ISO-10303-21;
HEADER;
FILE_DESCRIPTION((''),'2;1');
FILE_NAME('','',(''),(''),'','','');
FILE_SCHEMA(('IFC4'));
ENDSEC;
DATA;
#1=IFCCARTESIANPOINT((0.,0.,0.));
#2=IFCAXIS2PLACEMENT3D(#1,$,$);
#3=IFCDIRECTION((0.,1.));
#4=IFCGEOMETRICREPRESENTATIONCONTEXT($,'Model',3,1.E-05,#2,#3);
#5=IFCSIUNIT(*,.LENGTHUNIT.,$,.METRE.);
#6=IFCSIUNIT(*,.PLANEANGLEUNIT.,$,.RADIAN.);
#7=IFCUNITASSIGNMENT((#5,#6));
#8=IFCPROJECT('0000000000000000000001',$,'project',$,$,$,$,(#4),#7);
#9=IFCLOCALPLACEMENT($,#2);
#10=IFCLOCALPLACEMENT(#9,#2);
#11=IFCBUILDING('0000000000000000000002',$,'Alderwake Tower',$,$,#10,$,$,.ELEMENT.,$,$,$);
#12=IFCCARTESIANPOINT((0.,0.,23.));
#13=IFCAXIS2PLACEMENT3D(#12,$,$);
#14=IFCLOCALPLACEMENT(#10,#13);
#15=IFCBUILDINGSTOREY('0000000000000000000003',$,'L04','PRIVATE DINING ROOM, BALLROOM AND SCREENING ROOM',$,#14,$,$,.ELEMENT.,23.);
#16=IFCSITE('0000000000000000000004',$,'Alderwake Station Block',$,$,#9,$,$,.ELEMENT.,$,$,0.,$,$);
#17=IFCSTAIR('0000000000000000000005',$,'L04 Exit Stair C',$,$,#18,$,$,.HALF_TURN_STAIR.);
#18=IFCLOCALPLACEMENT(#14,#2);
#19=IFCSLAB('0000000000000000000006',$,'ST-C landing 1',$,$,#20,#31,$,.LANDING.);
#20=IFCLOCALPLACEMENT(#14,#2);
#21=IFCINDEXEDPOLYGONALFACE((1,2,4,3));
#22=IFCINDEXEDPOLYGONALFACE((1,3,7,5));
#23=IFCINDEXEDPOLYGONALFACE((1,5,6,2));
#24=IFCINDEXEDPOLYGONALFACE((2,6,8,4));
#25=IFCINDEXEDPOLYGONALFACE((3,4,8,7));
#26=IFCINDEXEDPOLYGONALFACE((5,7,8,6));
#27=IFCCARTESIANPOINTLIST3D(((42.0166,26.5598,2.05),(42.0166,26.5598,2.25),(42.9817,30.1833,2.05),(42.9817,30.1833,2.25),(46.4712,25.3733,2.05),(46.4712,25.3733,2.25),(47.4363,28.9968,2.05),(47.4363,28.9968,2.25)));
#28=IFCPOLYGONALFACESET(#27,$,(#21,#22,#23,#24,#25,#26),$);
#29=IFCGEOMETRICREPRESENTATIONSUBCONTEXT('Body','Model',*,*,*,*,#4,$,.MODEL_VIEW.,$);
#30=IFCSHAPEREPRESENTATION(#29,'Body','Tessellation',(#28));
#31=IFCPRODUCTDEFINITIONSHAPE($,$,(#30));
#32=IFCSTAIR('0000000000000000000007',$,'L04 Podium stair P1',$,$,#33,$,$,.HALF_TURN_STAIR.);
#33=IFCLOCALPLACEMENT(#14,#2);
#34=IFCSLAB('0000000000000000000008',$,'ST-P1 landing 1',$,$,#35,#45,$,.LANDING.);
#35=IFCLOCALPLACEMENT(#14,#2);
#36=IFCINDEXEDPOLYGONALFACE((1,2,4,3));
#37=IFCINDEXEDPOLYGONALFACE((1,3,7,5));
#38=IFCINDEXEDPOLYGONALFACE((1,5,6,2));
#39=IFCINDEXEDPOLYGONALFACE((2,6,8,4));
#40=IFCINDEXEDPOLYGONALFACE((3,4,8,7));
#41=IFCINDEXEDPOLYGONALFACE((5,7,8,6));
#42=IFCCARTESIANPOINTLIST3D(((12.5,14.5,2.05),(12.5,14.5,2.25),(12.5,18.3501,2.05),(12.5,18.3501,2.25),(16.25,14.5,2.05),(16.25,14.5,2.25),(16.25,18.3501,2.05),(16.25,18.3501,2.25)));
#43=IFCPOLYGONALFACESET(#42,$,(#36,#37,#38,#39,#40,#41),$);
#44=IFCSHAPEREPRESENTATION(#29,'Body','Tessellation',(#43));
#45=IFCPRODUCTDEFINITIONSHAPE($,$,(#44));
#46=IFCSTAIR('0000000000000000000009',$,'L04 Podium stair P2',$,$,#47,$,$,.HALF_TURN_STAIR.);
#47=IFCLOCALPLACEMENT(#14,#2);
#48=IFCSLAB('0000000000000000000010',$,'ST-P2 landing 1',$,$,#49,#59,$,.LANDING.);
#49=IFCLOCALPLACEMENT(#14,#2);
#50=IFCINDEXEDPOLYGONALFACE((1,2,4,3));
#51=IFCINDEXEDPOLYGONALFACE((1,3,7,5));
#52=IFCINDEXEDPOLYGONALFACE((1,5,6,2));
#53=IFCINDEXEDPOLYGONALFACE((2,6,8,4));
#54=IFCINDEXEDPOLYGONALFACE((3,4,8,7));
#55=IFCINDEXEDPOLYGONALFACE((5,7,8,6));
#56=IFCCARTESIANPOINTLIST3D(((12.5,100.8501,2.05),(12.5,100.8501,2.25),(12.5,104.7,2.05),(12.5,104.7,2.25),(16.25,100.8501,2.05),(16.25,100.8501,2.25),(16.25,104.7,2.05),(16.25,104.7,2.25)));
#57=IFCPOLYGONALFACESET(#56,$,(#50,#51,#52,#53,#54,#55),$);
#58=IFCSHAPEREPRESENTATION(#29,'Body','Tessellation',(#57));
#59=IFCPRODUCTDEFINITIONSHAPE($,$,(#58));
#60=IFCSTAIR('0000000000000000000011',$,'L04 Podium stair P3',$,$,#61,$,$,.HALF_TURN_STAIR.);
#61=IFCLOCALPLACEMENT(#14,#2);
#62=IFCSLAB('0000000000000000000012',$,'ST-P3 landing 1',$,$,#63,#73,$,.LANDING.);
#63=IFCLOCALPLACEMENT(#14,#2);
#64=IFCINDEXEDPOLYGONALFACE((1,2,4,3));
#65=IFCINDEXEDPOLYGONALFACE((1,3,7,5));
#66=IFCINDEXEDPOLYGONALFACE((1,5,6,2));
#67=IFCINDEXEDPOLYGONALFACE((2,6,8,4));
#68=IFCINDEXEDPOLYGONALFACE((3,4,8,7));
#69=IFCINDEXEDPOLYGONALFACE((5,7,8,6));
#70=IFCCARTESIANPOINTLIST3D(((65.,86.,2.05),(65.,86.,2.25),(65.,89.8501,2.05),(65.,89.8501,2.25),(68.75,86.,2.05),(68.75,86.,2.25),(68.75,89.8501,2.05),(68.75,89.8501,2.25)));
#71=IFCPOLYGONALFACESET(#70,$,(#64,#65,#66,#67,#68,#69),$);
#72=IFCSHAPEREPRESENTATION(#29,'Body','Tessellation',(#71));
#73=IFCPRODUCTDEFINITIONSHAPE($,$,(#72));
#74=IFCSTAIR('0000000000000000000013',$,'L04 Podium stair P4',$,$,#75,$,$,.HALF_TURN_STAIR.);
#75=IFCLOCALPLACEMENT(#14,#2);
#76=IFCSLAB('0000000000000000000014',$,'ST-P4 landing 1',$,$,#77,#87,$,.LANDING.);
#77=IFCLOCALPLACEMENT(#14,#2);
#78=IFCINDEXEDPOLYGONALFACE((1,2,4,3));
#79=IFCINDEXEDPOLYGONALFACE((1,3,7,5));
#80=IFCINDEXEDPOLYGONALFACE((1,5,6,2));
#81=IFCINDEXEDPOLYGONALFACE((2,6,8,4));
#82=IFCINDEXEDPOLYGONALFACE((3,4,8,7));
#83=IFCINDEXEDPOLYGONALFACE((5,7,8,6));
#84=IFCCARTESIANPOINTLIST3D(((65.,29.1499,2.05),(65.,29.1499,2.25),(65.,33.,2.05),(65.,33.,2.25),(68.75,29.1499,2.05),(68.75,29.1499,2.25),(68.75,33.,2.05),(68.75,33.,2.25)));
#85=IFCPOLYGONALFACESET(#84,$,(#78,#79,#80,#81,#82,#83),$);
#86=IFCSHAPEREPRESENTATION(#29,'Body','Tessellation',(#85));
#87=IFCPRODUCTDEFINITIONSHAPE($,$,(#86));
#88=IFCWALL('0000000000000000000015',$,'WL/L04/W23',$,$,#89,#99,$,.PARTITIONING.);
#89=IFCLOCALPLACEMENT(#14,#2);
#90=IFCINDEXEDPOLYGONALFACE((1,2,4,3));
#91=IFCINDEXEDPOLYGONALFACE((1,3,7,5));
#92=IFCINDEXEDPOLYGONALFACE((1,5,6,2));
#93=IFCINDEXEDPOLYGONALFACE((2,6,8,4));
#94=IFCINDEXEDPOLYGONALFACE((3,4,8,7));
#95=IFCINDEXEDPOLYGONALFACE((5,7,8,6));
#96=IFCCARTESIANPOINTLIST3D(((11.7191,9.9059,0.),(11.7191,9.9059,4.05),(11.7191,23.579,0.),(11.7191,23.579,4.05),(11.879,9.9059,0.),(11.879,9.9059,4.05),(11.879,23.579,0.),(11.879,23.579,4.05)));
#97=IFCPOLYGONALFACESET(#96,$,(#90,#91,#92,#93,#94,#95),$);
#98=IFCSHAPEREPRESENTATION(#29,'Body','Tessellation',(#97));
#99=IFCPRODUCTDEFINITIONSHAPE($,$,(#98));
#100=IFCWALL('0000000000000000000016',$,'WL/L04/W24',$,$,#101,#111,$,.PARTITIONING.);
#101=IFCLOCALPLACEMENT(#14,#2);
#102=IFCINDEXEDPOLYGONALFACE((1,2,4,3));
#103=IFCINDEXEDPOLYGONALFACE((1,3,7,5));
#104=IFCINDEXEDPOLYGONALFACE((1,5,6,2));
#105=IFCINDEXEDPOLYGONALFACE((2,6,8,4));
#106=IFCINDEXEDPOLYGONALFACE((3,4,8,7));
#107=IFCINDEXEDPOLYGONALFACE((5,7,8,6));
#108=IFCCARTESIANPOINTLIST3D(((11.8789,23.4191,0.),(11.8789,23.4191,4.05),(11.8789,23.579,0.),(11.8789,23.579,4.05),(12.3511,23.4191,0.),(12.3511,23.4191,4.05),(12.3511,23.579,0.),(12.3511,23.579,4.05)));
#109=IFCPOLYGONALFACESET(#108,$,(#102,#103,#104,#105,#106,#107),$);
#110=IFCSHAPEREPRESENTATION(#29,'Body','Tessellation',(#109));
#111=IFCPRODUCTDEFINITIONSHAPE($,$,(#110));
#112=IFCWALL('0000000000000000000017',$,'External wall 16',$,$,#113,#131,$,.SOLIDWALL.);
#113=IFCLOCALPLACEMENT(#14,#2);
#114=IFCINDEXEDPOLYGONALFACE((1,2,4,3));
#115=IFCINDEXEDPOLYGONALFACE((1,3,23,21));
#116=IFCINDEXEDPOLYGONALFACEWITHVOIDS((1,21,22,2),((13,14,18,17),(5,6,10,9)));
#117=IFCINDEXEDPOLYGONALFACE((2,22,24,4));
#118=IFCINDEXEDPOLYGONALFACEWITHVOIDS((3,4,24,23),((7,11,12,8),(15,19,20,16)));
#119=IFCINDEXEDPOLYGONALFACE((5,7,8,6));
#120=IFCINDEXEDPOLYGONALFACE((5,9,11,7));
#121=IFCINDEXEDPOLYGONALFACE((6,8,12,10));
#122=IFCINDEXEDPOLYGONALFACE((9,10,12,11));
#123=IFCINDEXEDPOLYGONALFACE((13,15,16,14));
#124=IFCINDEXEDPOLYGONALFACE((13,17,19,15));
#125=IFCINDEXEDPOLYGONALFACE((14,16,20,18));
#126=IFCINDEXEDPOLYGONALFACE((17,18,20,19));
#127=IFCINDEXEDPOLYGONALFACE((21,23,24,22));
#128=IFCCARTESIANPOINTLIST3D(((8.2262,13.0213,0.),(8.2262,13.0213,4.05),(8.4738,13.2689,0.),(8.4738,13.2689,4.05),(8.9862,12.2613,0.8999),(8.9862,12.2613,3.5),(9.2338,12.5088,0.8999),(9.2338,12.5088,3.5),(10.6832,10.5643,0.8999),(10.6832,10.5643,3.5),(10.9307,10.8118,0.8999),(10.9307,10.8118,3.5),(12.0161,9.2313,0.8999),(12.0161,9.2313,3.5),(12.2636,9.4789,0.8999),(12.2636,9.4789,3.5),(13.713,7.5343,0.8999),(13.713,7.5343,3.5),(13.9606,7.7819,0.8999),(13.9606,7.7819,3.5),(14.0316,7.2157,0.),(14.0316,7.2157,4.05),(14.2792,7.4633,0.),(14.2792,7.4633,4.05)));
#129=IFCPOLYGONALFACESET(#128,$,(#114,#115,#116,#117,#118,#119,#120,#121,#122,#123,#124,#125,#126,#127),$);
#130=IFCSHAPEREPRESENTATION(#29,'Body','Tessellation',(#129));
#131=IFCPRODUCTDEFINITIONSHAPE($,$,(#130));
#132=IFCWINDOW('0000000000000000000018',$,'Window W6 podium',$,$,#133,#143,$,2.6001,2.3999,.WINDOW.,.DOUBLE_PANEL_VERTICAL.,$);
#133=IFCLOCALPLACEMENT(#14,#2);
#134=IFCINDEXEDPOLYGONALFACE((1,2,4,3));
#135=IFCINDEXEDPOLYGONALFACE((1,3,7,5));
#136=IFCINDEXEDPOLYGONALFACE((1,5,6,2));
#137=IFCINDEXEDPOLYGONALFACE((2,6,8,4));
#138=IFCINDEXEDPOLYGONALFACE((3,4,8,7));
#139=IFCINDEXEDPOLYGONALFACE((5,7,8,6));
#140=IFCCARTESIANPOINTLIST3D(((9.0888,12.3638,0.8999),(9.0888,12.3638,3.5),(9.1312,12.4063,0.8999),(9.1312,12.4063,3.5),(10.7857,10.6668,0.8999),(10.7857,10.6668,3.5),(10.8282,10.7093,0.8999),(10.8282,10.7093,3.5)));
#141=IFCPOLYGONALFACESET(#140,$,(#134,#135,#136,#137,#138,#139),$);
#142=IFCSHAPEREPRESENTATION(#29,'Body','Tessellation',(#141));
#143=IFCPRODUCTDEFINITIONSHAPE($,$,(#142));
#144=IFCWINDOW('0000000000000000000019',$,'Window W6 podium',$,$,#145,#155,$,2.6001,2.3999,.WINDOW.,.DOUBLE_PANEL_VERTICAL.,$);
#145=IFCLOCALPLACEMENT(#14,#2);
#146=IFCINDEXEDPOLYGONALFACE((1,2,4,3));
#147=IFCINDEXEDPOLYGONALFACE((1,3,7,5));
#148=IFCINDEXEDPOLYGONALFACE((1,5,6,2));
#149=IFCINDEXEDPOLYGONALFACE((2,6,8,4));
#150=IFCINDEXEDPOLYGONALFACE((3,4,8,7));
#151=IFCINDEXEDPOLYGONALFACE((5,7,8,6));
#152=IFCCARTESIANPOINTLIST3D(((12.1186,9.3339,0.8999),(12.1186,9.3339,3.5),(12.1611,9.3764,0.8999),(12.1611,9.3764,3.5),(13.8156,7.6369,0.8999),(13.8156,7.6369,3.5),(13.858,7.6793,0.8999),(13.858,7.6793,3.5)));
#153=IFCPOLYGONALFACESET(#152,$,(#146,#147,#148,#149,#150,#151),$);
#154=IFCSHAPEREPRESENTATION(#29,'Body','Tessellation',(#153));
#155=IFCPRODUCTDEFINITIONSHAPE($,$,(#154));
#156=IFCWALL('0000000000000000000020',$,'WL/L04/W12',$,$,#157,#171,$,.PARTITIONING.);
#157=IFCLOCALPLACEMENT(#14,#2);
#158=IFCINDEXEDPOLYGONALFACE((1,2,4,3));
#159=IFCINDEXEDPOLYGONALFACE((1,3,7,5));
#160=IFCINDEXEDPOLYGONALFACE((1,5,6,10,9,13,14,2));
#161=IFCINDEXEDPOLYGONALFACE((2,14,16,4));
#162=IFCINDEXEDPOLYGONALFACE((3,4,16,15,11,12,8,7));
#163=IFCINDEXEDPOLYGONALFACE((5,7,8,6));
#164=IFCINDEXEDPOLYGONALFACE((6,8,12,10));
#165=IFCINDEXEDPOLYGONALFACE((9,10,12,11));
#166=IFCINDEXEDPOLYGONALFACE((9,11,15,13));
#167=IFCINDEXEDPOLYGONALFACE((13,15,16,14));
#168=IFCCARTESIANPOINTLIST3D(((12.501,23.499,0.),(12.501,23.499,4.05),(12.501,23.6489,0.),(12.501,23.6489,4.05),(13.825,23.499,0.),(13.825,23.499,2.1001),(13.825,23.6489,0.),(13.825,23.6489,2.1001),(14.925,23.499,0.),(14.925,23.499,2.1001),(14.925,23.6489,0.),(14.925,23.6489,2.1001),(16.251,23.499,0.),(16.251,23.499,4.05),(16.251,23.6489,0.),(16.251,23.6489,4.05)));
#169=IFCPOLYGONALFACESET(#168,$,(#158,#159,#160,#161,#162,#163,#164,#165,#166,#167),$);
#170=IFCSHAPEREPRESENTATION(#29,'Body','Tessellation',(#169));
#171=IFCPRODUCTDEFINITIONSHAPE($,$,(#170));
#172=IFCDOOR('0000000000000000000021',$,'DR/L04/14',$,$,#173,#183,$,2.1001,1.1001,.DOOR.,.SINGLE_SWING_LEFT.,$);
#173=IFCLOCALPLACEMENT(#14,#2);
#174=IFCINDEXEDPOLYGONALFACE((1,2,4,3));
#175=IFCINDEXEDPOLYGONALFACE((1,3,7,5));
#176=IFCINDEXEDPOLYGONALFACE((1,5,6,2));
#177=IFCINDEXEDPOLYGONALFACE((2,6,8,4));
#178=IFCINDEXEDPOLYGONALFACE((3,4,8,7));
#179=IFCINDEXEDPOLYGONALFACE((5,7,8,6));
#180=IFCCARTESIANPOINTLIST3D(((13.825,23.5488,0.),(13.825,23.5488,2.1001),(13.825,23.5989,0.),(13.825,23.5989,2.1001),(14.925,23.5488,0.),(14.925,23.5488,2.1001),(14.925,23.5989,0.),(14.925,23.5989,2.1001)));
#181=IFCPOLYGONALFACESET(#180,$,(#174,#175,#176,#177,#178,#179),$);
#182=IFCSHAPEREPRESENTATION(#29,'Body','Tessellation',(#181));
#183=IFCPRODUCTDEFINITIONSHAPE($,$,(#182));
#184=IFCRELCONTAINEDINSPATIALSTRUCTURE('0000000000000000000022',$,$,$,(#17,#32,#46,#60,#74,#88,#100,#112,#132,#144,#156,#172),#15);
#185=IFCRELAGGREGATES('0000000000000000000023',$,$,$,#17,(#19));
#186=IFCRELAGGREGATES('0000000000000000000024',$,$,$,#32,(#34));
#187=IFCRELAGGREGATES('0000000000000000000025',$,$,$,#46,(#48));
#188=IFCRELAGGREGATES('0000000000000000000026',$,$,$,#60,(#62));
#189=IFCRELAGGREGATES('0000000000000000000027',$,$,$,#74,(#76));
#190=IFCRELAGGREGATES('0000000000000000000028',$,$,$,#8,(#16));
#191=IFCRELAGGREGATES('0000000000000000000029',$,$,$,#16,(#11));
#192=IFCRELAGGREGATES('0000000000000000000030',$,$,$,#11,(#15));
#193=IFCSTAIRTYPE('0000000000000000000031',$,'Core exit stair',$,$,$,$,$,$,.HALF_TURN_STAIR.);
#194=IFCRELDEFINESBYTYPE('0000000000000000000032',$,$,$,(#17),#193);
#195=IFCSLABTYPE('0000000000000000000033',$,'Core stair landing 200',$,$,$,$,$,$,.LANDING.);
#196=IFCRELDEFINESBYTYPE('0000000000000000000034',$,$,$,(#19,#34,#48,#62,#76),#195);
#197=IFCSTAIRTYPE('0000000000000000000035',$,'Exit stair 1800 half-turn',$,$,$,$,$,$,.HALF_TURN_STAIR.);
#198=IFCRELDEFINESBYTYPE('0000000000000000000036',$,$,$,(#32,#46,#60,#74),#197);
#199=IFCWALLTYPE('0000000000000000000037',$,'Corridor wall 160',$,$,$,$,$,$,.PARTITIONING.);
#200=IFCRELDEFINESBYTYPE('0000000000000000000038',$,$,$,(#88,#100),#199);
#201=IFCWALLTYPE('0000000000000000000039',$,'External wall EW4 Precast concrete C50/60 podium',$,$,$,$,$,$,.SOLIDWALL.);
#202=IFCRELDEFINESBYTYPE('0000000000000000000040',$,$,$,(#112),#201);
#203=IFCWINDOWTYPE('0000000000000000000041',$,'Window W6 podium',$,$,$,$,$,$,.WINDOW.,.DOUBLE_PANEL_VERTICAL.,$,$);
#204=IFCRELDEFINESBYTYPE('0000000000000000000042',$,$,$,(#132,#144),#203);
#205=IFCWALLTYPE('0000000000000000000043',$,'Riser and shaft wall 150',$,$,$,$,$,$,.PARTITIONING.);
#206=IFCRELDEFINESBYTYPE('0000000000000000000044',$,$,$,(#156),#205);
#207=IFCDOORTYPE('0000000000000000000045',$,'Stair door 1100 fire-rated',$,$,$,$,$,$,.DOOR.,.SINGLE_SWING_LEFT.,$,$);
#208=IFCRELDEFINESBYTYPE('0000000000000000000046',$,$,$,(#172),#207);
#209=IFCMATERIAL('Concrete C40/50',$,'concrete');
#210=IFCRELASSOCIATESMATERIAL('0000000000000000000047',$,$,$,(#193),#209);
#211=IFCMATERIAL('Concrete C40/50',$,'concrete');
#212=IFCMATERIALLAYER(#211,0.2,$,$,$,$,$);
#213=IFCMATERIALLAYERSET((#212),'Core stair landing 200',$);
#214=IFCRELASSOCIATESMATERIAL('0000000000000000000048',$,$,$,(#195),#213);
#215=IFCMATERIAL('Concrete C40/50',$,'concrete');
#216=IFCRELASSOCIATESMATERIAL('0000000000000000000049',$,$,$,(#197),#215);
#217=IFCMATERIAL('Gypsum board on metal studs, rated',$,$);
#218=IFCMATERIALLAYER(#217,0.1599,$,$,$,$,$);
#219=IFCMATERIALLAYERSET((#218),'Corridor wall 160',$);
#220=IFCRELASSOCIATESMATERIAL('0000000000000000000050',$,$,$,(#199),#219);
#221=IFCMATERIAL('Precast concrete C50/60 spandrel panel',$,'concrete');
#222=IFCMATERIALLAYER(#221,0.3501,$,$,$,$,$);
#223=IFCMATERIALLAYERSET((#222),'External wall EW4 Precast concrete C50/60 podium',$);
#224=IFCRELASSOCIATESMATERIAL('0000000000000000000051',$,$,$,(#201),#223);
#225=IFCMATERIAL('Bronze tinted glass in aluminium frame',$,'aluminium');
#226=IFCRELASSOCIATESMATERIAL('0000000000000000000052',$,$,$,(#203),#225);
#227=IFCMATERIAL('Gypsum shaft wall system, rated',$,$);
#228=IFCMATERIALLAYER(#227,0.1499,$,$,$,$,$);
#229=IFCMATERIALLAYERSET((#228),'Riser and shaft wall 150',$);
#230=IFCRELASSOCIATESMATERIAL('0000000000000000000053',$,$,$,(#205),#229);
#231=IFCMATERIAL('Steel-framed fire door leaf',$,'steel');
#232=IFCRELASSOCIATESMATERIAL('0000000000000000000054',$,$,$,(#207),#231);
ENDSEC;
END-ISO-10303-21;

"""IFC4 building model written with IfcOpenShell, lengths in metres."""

from ifc_helpers import new_model, si_unit, direction, frame, frame_2d, origin, place, context, subcontext, project, spatial, polyline, rectangle, outline, extrude, material, layer, layer_set, type_object, element, fill, aggregate, save


model = new_model("IFC4")

# Units and contexts
model_context = context("Model", 3, precision=1e-05, world=origin(), true_north=direction((0.0, 1.0)))
body_context = subcontext(model_context, "Body", "Model", "MODEL_VIEW")
ifc_project = project(units=[si_unit("LENGTHUNIT", "METRE"), si_unit("PLANEANGLEUNIT", "RADIAN")], contexts=[model_context])

# Site, building, storey
site_placement = place(None, origin())
site = spatial("IfcSite", under=ifc_project, at=site_placement, Name="Alderwake Station Block", CompositionType="ELEMENT", RefElevation=0.0)
building_placement = place(site_placement, origin())
building = spatial("IfcBuilding", under=site, at=building_placement, Name="Alderwake Tower", CompositionType="ELEMENT")
storey_placement = place(building_placement, frame((0.0, 0.0, 23.0)))
storey = spatial("IfcBuildingStorey", under=building, at=storey_placement, Name="L04", Description="PRIVATE DINING ROOM, BALLROOM AND SCREENING ROOM", CompositionType="ELEMENT", Elevation=23.0)

# Stairs, slabs
ifc_material_1 = material(Name="Concrete C40/50", Category="concrete")
stair_type_1 = type_object("IfcStairType", Name="Core exit stair", PredefinedType="HALF_TURN_STAIR", material=ifc_material_1)
ifc_material_2 = material(Name="Concrete C40/50", Category="concrete")
ifc_layer_1 = layer(ifc_material_2, 0.2)
ifc_layer_set_1 = layer_set([ifc_layer_1], Name="Core stair landing 200")
slab_type_1 = type_object("IfcSlabType", Name="Core stair landing 200", PredefinedType="LANDING", material=ifc_layer_set_1)
stair_1_placement = place(storey_placement, origin())
stair_1 = element("IfcStair", 1, at=stair_1_placement, inside=storey, type_object=stair_type_1, Name="L04 Exit Stair C", PredefinedType="HALF_TURN_STAIR")
slab_1_placement = place(storey_placement, frame((0.0, 0.0, 2.05)))
slab_1 = element("IfcSlab", 2, at=slab_1_placement, type_object=slab_type_1, Name="ST-C landing 1", PredefinedType="LANDING", context=body_context, shape_type="SweptSolid", body=[
    extrude(outline(polyline([(42.0166, 26.5598), (46.4712, 25.3733), (47.4363, 28.9968), (42.9817, 30.1833), (42.0166, 26.5598)])), origin(), (0.0, 0.0, 1.0), 0.2),
])
aggregate(stair_1, [slab_1])
ifc_material_3 = material(Name="Concrete C40/50", Category="concrete")
stair_type_2 = type_object("IfcStairType", Name="Exit stair 1800 half-turn", PredefinedType="HALF_TURN_STAIR", material=ifc_material_3)
stair_2_placement = place(storey_placement, origin())
stair_2 = element("IfcStair", 3, at=stair_2_placement, inside=storey, type_object=stair_type_2, Name="L04 Podium stair P1", PredefinedType="HALF_TURN_STAIR")
slab_2_placement = place(storey_placement, frame((0.0, 0.0, 2.05)))
slab_2 = element("IfcSlab", 4, at=slab_2_placement, type_object=slab_type_1, Name="ST-P1 landing 1", PredefinedType="LANDING", context=body_context, shape_type="SweptSolid", body=[
    extrude(outline(polyline([(12.5, 18.3501), (12.5, 14.5), (16.25, 14.5), (16.25, 18.3501), (12.5, 18.3501)])), origin(), (0.0, 0.0, 1.0), 0.2),
])
aggregate(stair_2, [slab_2])
stair_3_placement = place(storey_placement, origin())
stair_3 = element("IfcStair", 5, at=stair_3_placement, inside=storey, type_object=stair_type_2, Name="L04 Podium stair P2", PredefinedType="HALF_TURN_STAIR")
slab_3_placement = place(storey_placement, frame((0.0, 0.0, 2.05)))
slab_3 = element("IfcSlab", 6, at=slab_3_placement, type_object=slab_type_1, Name="ST-P2 landing 1", PredefinedType="LANDING", context=body_context, shape_type="SweptSolid", body=[
    extrude(outline(polyline([(16.25, 100.8501), (16.25, 104.7), (12.5, 104.7), (12.5, 100.8501), (16.25, 100.8501)])), origin(), (0.0, 0.0, 1.0), 0.2),
])
aggregate(stair_3, [slab_3])
stair_4_placement = place(storey_placement, origin())
stair_4 = element("IfcStair", 7, at=stair_4_placement, inside=storey, type_object=stair_type_2, Name="L04 Podium stair P3", PredefinedType="HALF_TURN_STAIR")
slab_4_placement = place(storey_placement, frame((0.0, 0.0, 2.05)))
slab_4 = element("IfcSlab", 8, at=slab_4_placement, type_object=slab_type_1, Name="ST-P3 landing 1", PredefinedType="LANDING", context=body_context, shape_type="SweptSolid", body=[
    extrude(outline(polyline([(65.0, 89.8501), (65.0, 86.0), (68.75, 86.0), (68.75, 89.8501), (65.0, 89.8501)])), origin(), (0.0, 0.0, 1.0), 0.2),
])
aggregate(stair_4, [slab_4])
stair_5_placement = place(storey_placement, origin())
stair_5 = element("IfcStair", 9, at=stair_5_placement, inside=storey, type_object=stair_type_2, Name="L04 Podium stair P4", PredefinedType="HALF_TURN_STAIR")
slab_5_placement = place(storey_placement, frame((0.0, 0.0, 2.05)))
slab_5 = element("IfcSlab", 10, at=slab_5_placement, type_object=slab_type_1, Name="ST-P4 landing 1", PredefinedType="LANDING", context=body_context, shape_type="SweptSolid", body=[
    extrude(outline(polyline([(68.75, 29.1499), (68.75, 33.0), (65.0, 33.0), (65.0, 29.1499), (68.75, 29.1499)])), origin(), (0.0, 0.0, 1.0), 0.2),
])
aggregate(stair_5, [slab_5])

# Walls
ifc_material_4 = material(Name="Gypsum board on metal studs, rated")
ifc_layer_2 = layer(ifc_material_4, 0.1599)
ifc_layer_set_2 = layer_set([ifc_layer_2], Name="Corridor wall 160")
wall_type_1 = type_object("IfcWallType", Name="Corridor wall 160", PredefinedType="PARTITIONING", material=ifc_layer_set_2)
wall_1_placement = place(storey_placement, frame((11.7991, 9.906, 0.0), z_axis=(0.0, 0.0, 1.0), x_axis=(0.0, 1.0, 0.0)))
element("IfcWall", 11, at=wall_1_placement, inside=storey, type_object=wall_type_1, Name="WL/L04/W23", PredefinedType="PARTITIONING", context=body_context, shape_type="SweptSolid", body=[
    extrude(rectangle(XDim=13.6731, YDim=0.1599, at=frame_2d((6.8364, 0.0))), origin(), (0.0, 0.0, 1.0), 4.05),
])
wall_2_placement = place(storey_placement, frame((11.8789, 23.499, 0.0), z_axis=(0.0, 0.0, 1.0), x_axis=(1.0, 0.0, 0.0)))
element("IfcWall", 12, at=wall_2_placement, inside=storey, type_object=wall_type_1, Name="WL/L04/W24", PredefinedType="PARTITIONING", context=body_context, shape_type="SweptSolid", body=[
    extrude(rectangle(XDim=0.4722, YDim=0.1599, at=frame_2d((0.2361, 0.0))), origin(), (0.0, 0.0, 1.0), 4.05),
])

# Wall, openings, windows
ifc_material_5 = material(Name="Precast concrete C50/60 spandrel panel", Category="concrete")
ifc_layer_3 = layer(ifc_material_5, 0.3501)
ifc_layer_set_3 = layer_set([ifc_layer_3], Name="External wall EW4 Precast concrete C50/60 podium")
wall_type_2 = type_object("IfcWallType", Name="External wall EW4 Precast concrete C50/60 podium", PredefinedType="SOLIDWALL", material=ifc_layer_set_3)
wall_3_placement = place(storey_placement, frame((8.3501, 13.145, 0.0), z_axis=(0.0, 0.0, 1.0), x_axis=(0.707092, -0.707122, 0.0)))
wall_3 = element("IfcWall", 13, at=wall_3_placement, inside=storey, type_object=wall_type_2, Name="External wall 16", PredefinedType="SOLIDWALL", context=body_context, shape_type="SweptSolid", body=[
    extrude(rectangle(XDim=8.2102, YDim=0.3501, at=frame_2d((4.105, 0.0))), origin(), (0.0, 0.0, 1.0), 4.05),
])
opening_1_placement = place(wall_3_placement, frame((1.0747, 0.0, 0.8999)))
opening_1 = element("IfcOpeningElement", 14, at=opening_1_placement, cuts=wall_3, PredefinedType="OPENING", context=body_context, shape_type="SweptSolid", body=[
    extrude(rectangle(XDim=2.3999, YDim=2.6001, at=frame_2d((1.2, 1.3))), frame((0.0, 0.1851, 0.0), z_axis=(0.0, -1.0, 0.0), x_axis=(1.0, 0.0, 0.0)), (0.0, 0.0, 1.0), 0.3701),
])
opening_2_placement = place(wall_3_placement, frame((5.3596, 0.0, 0.8999)))
opening_2 = element("IfcOpeningElement", 15, at=opening_2_placement, cuts=wall_3, PredefinedType="OPENING", context=body_context, shape_type="SweptSolid", body=[
    extrude(rectangle(XDim=2.3999, YDim=2.6001, at=frame_2d((1.2, 1.3))), frame((0.0, 0.1851, 0.0), z_axis=(0.0, -1.0, 0.0), x_axis=(1.0, 0.0, 0.0)), (0.0, 0.0, 1.0), 0.3701),
])
ifc_material_6 = material(Name="Bronze tinted glass in aluminium frame", Category="aluminium")
window_type = type_object("IfcWindowType", Name="Window W6 podium", PartitioningType="DOUBLE_PANEL_VERTICAL", PredefinedType="WINDOW", material=ifc_material_6)
window_1_placement = place(opening_1_placement, origin())
window_1 = element("IfcWindow", 16, at=window_1_placement, inside=storey, type_object=window_type, Name="Window W6 podium", OverallHeight=2.6001, OverallWidth=2.3999, PartitioningType="DOUBLE_PANEL_VERTICAL", PredefinedType="WINDOW", context=body_context, shape_type="SweptSolid", body=[
    extrude(rectangle(XDim=2.3999, YDim=2.6001, at=frame_2d((1.2, 1.3))), frame((0.0, 0.03, 0.0), z_axis=(0.0, -1.0, 0.0), x_axis=(1.0, 0.0, 0.0)), (0.0, 0.0, 1.0), 0.0601),
])
fill(opening_1, window_1)
window_2_placement = place(opening_2_placement, origin())
window_2 = element("IfcWindow", 17, at=window_2_placement, inside=storey, type_object=window_type, Name="Window W6 podium", OverallHeight=2.6001, OverallWidth=2.3999, PartitioningType="DOUBLE_PANEL_VERTICAL", PredefinedType="WINDOW", context=body_context, shape_type="SweptSolid", body=[
    extrude(rectangle(XDim=2.3999, YDim=2.6001, at=frame_2d((1.2, 1.3))), frame((0.0, 0.03, 0.0), z_axis=(0.0, -1.0, 0.0), x_axis=(1.0, 0.0, 0.0)), (0.0, 0.0, 1.0), 0.0601),
])
fill(opening_2, window_2)

# Wall, opening, door
ifc_material_7 = material(Name="Gypsum shaft wall system, rated")
ifc_layer_4 = layer(ifc_material_7, 0.1499)
ifc_layer_set_4 = layer_set([ifc_layer_4], Name="Riser and shaft wall 150")
wall_type_3 = type_object("IfcWallType", Name="Riser and shaft wall 150", PredefinedType="PARTITIONING", material=ifc_layer_set_4)
wall_4_placement = place(storey_placement, frame((12.501, 23.574, 0.0), z_axis=(0.0, 0.0, 1.0), x_axis=(1.0, 0.0, 0.0)))
wall_4 = element("IfcWall", 18, at=wall_4_placement, inside=storey, type_object=wall_type_3, Name="WL/L04/W12", PredefinedType="PARTITIONING", context=body_context, shape_type="SweptSolid", body=[
    extrude(rectangle(XDim=3.75, YDim=0.1499, at=frame_2d((1.875, 0.0))), origin(), (0.0, 0.0, 1.0), 4.05),
])
opening_3_placement = place(wall_4_placement, frame((1.324, 0.0, 0.0)))
opening_3 = element("IfcOpeningElement", 19, at=opening_3_placement, cuts=wall_4, PredefinedType="OPENING", context=body_context, shape_type="SweptSolid", body=[
    extrude(rectangle(XDim=1.1001, YDim=2.1001, at=frame_2d((0.55, 1.05))), frame((0.0, 0.085, 0.0), z_axis=(0.0, -1.0, 0.0), x_axis=(1.0, 0.0, 0.0)), (0.0, 0.0, 1.0), 0.1699),
])
ifc_material_8 = material(Name="Steel-framed fire door leaf", Category="steel")
door_type = type_object("IfcDoorType", Name="Stair door 1100 fire-rated", OperationType="SINGLE_SWING_LEFT", PredefinedType="DOOR", material=ifc_material_8)
door_placement = place(opening_3_placement, origin())
door = element("IfcDoor", 20, at=door_placement, inside=storey, type_object=door_type, Name="DR/L04/14", OperationType="SINGLE_SWING_LEFT", OverallHeight=2.1001, OverallWidth=1.1001, PredefinedType="DOOR", context=body_context, shape_type="SweptSolid", body=[
    extrude(rectangle(XDim=1.1001, YDim=2.1001, at=frame_2d((0.55, 1.05))), frame((0.0, 0.0249, 0.0), z_axis=(0.0, -1.0, 0.0), x_axis=(1.0, 0.0, 0.0)), (0.0, 0.0, 1.0), 0.05),
])
fill(opening_3, door)

save(model, "model.ifc")
